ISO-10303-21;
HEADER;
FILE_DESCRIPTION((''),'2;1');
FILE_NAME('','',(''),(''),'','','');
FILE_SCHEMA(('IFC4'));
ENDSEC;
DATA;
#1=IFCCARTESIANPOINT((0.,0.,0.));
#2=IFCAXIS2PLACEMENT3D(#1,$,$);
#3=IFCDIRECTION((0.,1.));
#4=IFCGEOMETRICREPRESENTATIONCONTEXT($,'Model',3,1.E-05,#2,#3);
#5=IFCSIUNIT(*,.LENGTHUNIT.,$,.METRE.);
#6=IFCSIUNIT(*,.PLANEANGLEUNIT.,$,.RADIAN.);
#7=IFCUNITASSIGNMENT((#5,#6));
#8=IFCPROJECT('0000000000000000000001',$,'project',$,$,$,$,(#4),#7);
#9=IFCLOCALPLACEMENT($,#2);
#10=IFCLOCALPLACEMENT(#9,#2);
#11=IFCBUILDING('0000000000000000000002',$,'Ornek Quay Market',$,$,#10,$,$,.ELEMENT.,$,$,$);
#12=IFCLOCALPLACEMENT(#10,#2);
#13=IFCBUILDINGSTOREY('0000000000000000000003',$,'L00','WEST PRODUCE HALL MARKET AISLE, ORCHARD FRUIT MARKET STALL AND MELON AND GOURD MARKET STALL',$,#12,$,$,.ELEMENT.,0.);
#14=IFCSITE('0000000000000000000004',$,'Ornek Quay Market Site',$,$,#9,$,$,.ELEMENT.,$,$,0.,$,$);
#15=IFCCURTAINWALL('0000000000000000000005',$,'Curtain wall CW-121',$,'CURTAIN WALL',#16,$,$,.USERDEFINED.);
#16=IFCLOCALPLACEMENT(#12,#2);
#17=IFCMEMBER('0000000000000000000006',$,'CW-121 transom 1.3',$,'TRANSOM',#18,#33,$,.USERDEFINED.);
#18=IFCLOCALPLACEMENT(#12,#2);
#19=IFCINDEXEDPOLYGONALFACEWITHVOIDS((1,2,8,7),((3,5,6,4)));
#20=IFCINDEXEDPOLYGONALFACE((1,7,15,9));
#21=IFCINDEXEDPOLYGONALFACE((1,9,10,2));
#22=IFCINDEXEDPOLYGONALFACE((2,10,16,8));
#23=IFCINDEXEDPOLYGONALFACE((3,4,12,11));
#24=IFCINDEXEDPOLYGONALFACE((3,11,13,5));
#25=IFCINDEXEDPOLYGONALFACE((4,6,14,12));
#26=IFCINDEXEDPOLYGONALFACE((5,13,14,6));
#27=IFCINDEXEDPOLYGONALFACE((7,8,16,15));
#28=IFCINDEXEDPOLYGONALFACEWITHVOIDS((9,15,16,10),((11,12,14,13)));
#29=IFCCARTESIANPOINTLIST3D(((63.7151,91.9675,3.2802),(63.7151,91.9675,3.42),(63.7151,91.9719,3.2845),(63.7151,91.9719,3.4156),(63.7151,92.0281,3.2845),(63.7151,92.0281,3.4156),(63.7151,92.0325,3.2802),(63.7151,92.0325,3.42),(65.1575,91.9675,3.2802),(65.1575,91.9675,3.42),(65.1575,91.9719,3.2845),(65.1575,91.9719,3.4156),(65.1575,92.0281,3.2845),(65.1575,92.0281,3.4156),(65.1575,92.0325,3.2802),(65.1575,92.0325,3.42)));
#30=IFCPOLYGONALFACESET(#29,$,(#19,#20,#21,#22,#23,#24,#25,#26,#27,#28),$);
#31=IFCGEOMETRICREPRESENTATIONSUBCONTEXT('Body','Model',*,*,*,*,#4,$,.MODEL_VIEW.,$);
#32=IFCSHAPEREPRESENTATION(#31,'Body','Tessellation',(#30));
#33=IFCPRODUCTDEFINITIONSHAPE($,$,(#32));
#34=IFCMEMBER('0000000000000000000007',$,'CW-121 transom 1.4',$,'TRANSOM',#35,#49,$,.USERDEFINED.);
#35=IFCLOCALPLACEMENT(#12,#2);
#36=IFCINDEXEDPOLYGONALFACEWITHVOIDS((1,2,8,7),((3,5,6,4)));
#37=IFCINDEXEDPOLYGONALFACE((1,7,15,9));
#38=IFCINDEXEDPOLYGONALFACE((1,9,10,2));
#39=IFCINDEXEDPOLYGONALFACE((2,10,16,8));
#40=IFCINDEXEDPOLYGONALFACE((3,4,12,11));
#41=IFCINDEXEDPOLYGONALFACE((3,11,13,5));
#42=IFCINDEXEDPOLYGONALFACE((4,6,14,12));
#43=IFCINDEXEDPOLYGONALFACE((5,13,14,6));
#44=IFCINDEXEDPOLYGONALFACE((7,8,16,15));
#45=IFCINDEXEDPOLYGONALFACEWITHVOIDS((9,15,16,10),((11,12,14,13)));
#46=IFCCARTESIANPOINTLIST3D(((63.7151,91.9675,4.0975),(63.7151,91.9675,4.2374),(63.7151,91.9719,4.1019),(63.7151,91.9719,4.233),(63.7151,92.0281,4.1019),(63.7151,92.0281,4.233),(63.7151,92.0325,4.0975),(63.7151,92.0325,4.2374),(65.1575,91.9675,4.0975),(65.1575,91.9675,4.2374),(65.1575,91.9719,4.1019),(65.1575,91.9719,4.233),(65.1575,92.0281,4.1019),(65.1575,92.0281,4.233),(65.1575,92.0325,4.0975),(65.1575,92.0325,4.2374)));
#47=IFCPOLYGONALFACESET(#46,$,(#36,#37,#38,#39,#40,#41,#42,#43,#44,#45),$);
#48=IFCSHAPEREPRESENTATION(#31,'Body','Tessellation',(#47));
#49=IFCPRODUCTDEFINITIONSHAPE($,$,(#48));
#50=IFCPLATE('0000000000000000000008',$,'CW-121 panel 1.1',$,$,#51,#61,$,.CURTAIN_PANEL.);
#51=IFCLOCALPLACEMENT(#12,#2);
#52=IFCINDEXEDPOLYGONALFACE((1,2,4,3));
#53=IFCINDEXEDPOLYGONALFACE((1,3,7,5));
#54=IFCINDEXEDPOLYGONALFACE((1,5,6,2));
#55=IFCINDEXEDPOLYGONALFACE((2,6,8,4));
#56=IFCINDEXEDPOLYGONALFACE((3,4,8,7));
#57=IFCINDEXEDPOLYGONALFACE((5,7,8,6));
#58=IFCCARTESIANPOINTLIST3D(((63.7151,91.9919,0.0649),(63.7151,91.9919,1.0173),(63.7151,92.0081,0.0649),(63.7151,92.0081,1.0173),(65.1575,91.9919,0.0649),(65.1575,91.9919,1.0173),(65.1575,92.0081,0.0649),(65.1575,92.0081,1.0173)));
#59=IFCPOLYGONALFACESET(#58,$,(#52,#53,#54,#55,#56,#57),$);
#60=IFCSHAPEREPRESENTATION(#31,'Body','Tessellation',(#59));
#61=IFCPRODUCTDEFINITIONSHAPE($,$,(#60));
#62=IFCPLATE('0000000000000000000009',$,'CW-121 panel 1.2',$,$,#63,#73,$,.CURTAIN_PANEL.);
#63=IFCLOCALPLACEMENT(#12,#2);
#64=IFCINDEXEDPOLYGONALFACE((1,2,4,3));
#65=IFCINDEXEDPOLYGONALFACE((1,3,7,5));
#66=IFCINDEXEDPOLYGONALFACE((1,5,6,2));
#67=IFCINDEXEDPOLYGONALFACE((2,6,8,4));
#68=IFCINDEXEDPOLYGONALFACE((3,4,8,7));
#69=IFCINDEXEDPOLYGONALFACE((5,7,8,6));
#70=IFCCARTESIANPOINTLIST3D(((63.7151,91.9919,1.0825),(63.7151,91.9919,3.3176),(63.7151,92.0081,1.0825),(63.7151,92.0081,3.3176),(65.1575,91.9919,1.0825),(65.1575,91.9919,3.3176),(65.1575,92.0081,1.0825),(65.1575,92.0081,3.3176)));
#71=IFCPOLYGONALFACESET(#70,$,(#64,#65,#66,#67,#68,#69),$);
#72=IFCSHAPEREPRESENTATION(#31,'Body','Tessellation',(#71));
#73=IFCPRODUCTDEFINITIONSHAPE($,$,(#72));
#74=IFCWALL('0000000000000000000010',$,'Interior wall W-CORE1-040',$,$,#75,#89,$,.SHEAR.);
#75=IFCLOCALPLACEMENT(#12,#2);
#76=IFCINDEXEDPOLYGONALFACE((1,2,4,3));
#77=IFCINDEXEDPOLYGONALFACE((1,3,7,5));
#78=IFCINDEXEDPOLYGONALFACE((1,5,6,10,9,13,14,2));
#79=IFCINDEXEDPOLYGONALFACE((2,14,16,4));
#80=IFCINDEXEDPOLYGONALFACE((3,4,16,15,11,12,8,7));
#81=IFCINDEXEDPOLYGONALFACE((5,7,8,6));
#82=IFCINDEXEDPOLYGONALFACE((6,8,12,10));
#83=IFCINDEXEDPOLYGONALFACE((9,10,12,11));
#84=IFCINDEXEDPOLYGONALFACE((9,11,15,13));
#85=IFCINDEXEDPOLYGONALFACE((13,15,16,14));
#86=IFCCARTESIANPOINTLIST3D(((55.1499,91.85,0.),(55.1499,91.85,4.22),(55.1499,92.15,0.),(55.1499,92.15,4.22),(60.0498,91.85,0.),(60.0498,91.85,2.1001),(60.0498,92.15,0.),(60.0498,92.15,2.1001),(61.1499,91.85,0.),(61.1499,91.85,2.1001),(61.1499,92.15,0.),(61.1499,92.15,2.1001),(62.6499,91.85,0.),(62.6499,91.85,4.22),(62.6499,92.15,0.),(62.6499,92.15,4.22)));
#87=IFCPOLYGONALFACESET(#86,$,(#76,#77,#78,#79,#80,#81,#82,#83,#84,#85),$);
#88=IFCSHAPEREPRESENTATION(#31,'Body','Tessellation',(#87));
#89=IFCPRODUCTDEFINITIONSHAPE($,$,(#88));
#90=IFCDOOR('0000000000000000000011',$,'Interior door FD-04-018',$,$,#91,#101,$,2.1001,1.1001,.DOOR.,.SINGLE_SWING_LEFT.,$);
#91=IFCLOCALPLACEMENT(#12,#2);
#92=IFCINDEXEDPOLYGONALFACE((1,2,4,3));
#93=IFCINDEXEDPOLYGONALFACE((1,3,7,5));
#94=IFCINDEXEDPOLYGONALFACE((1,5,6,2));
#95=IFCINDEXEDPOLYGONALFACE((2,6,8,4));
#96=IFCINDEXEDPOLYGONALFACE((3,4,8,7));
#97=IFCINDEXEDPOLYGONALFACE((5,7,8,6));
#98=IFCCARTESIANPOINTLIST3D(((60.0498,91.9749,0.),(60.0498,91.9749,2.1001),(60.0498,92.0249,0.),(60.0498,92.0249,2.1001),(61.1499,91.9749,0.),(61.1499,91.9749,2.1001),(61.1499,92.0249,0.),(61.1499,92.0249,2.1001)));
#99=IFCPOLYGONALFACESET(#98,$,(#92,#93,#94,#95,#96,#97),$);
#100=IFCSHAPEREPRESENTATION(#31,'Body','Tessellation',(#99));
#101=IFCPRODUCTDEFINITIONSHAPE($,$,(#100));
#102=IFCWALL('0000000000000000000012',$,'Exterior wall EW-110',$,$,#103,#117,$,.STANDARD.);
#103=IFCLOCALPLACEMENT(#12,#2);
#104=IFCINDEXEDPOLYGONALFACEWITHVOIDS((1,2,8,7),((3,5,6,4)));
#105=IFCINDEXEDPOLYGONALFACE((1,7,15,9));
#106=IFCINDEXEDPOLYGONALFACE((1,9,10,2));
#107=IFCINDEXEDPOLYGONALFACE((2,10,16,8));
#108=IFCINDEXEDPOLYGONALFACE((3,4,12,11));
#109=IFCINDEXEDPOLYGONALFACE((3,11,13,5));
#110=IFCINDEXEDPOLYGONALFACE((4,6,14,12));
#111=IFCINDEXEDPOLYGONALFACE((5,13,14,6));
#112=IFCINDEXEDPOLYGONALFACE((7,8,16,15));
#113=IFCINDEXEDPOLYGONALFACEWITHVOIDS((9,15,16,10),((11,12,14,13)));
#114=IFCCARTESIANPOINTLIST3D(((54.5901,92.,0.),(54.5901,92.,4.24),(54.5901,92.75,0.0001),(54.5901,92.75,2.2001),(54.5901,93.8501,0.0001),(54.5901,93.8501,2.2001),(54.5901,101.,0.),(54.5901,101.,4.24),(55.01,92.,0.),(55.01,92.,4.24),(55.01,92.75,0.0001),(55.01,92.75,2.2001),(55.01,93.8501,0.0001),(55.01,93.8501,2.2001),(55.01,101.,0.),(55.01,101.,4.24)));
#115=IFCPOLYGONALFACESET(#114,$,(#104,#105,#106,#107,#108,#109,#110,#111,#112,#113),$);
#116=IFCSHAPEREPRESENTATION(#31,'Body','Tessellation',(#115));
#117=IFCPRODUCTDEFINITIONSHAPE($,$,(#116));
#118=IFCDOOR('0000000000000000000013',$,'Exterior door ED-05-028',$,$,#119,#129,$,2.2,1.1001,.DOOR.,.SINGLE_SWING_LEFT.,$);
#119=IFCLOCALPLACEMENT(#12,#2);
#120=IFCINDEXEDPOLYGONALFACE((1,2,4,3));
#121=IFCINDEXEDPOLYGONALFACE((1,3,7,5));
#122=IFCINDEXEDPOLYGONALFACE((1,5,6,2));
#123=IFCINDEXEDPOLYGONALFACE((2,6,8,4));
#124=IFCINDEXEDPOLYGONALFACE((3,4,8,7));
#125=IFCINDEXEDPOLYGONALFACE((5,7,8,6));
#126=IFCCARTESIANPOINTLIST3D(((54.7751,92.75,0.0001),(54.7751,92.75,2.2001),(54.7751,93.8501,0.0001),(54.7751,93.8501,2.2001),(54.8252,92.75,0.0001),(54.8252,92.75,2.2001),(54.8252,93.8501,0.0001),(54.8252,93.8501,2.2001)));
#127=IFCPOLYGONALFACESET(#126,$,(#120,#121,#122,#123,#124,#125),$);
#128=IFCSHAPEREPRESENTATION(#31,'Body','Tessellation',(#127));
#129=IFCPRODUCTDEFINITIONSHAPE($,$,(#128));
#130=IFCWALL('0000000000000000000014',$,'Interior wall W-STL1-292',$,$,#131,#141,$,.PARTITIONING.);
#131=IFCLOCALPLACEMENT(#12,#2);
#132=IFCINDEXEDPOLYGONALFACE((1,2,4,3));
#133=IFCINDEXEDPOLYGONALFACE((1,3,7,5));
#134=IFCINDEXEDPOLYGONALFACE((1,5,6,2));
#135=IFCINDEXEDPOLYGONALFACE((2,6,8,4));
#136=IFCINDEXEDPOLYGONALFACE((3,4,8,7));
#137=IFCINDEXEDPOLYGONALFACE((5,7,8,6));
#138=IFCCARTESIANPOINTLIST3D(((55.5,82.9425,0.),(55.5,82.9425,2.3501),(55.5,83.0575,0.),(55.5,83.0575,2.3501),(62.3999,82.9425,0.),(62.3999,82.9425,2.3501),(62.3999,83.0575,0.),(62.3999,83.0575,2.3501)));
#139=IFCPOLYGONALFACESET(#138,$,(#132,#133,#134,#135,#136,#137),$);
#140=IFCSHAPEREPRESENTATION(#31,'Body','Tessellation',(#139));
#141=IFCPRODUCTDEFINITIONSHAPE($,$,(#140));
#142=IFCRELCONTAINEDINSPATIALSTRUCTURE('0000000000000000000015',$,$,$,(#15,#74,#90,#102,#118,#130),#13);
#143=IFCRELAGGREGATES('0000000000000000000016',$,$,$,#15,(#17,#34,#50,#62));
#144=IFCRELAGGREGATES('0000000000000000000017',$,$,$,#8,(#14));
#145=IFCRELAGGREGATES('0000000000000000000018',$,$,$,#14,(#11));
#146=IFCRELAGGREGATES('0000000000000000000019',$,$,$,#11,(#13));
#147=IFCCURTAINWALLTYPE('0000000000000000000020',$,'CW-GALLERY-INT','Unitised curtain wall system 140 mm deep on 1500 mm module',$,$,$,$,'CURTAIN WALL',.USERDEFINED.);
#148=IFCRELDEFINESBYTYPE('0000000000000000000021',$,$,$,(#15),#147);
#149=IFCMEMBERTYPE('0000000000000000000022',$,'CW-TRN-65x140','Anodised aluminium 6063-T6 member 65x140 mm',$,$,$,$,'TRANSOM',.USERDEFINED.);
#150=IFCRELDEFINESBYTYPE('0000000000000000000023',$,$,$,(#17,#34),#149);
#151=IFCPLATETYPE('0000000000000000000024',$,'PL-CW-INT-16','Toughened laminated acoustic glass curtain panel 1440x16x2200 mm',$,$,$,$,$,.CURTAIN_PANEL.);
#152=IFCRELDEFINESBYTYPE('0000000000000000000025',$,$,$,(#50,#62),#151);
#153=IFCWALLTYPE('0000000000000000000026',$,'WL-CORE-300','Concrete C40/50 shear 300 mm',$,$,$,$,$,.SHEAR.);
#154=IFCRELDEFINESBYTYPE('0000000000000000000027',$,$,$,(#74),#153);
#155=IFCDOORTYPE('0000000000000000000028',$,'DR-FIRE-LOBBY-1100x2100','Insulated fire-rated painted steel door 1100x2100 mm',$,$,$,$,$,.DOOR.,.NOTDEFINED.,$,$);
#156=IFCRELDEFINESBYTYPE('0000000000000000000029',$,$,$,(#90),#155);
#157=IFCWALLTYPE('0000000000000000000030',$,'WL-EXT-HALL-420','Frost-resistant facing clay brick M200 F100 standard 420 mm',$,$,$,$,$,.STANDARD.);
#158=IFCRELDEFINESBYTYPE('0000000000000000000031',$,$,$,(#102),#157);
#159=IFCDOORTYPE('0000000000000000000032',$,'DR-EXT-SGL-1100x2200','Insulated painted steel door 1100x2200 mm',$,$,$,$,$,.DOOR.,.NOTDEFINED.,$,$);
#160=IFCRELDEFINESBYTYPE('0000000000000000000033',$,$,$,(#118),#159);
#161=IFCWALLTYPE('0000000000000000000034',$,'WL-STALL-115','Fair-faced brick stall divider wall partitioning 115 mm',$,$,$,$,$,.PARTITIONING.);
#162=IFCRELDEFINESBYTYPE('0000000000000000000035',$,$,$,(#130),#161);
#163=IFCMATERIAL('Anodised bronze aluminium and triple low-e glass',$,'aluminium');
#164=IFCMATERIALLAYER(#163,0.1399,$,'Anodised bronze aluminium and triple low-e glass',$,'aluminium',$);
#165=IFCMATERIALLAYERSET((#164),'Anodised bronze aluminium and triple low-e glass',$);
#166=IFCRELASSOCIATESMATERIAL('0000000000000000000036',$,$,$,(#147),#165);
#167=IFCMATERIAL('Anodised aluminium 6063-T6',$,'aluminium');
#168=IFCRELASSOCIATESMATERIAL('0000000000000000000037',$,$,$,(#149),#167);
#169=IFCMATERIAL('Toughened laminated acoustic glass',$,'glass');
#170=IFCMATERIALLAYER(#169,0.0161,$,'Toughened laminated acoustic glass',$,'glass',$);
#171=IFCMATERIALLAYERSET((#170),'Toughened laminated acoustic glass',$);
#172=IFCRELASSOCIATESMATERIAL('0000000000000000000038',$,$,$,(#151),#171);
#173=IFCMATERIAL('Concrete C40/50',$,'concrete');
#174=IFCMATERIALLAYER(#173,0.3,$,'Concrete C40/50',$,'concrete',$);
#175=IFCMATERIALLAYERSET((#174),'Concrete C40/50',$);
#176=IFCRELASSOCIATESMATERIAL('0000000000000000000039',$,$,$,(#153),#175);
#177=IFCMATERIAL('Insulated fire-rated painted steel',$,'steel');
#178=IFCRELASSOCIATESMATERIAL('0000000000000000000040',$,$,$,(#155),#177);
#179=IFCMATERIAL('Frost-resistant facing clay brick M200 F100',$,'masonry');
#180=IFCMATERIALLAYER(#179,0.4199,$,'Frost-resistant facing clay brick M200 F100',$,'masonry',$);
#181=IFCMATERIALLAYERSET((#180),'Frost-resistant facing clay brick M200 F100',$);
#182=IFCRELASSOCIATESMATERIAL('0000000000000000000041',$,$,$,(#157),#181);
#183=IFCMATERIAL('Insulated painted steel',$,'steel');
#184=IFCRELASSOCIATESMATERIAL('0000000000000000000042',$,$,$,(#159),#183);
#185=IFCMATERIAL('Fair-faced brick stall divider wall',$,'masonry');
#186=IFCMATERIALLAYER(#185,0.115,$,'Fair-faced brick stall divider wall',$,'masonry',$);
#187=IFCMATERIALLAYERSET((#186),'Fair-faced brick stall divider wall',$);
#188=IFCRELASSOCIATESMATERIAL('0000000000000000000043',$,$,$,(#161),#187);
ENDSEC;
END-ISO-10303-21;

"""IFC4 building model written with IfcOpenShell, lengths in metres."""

from ifc_helpers import new_model, si_unit, direction, frame, frame_2d, origin, origin_2d, place, context, subcontext, project, spatial, rectangle, hollow_rectangle, extrude, material, layer, layer_set, material_profile, profile_set, type_object, element, fill, aggregate, save


model = new_model("IFC4")

# Units and contexts
model_context = context("Model", 3, precision=1e-05, world=origin(), true_north=direction((0.0, 1.0)))
body_context = subcontext(model_context, "Body", "Model", "MODEL_VIEW")
ifc_project = project(units=[si_unit("LENGTHUNIT", "METRE"), si_unit("PLANEANGLEUNIT", "RADIAN")], contexts=[model_context])

# Site, building, storey
site_placement = place(None, origin())
site = spatial("IfcSite", under=ifc_project, at=site_placement, Name="Ornek Quay Market Site", CompositionType="ELEMENT", RefElevation=0.0)
building_placement = place(site_placement, origin())
building = spatial("IfcBuilding", under=site, at=building_placement, Name="Ornek Quay Market", CompositionType="ELEMENT")
storey_placement = place(building_placement, origin())
storey = spatial("IfcBuildingStorey", under=building, at=storey_placement, Name="L00", Description="WEST PRODUCE HALL MARKET AISLE, ORCHARD FRUIT MARKET STALL AND MELON AND GOURD MARKET STALL", CompositionType="ELEMENT", Elevation=0.0)

# Shared definitions
ifc_material_1 = material(Name="Concrete C40/50", Category="concrete")

# Curtain wall, members, plates
ifc_material_2 = material(Name="Anodised bronze aluminium and triple low-e glass", Category="aluminium")
ifc_layer_1 = layer(ifc_material_2, 0.1399, Name="Anodised bronze aluminium and triple low-e glass", Category="aluminium")
ifc_layer_set_1 = layer_set([ifc_layer_1], Name="Anodised bronze aluminium and triple low-e glass")
curtain_wall_type = type_object("IfcCurtainWallType", Name="CW-GALLERY-INT", Description="Unitised curtain wall system 140 mm deep on 1500 mm module", ElementType="CURTAIN WALL", PredefinedType="USERDEFINED", material=ifc_layer_set_1)
curtain_wall_placement = place(storey_placement, origin())
curtain_wall = element("IfcCurtainWall", 1, at=curtain_wall_placement, inside=storey, type_object=curtain_wall_type, Name="Curtain wall CW-121", ObjectType="CURTAIN WALL", PredefinedType="USERDEFINED")
ifc_material_3 = material(Name="Anodised aluminium 6063-T6", Category="aluminium")
ifc_material_profile_1 = material_profile(ifc_material_3, hollow_rectangle(XDim=0.0649, YDim=0.1399, WallThickness=0.0044, at=origin_2d()), Name="CW-TRN-65x140", Category="aluminium")
ifc_profile_set_1 = profile_set([ifc_material_profile_1], Name="Anodised aluminium 6063-T6")
member_type_1 = type_object("IfcMemberType", Name="CW-TRN-65x140", Description="Anodised aluminium 6063-T6 member 65x140 mm", ElementType="TRANSOM", PredefinedType="USERDEFINED", material=ifc_profile_set_1)
member_1_placement = place(storey_placement, frame((63.7151, 92.0, 3.3501), z_axis=(1.0, 0.0, 0.0), x_axis=(0.0, 1.0, 0.0)))
member_1 = element("IfcMember", 2, at=member_1_placement, type_object=member_type_1, Name="CW-121 transom 1.3", ObjectType="TRANSOM", PredefinedType="USERDEFINED", context=body_context, shape_type="SweptSolid", body=[
    extrude(hollow_rectangle(XDim=0.0649, YDim=0.1399, WallThickness=0.0044, at=origin_2d()), origin(), (0.0, 0.0, 1.0), 1.4424),
])
member_2_placement = place(storey_placement, frame((63.7151, 92.0, 4.1675), z_axis=(1.0, 0.0, 0.0), x_axis=(0.0, 1.0, 0.0)))
member_2 = element("IfcMember", 3, at=member_2_placement, type_object=member_type_1, Name="CW-121 transom 1.4", ObjectType="TRANSOM", PredefinedType="USERDEFINED", context=body_context, shape_type="SweptSolid", body=[
    extrude(hollow_rectangle(XDim=0.0649, YDim=0.1399, WallThickness=0.0044, at=origin_2d()), origin(), (0.0, 0.0, 1.0), 1.4424),
])
ifc_material_4 = material(Name="Toughened laminated acoustic glass", Category="glass")
ifc_layer_2 = layer(ifc_material_4, 0.0161, Name="Toughened laminated acoustic glass", Category="glass")
ifc_layer_set_2 = layer_set([ifc_layer_2], Name="Toughened laminated acoustic glass")
plate_type = type_object("IfcPlateType", Name="PL-CW-INT-16", Description="Toughened laminated acoustic glass curtain panel 1440x16x2200 mm", PredefinedType="CURTAIN_PANEL", material=ifc_layer_set_2)
plate_1_placement = place(storey_placement, frame((64.4363, 92.0, 0.0649), z_axis=(0.0, 0.0, 1.0), x_axis=(1.0, 0.0, 0.0)))
plate_1 = element("IfcPlate", 4, at=plate_1_placement, type_object=plate_type, Name="CW-121 panel 1.1", PredefinedType="CURTAIN_PANEL", context=body_context, shape_type="SweptSolid", body=[
    extrude(rectangle(XDim=1.4424, YDim=0.0161, at=origin_2d()), origin(), (0.0, 0.0, 1.0), 0.9524),
])
plate_2_placement = place(storey_placement, frame((64.4363, 92.0, 1.0825), z_axis=(0.0, 0.0, 1.0), x_axis=(1.0, 0.0, 0.0)))
plate_2 = element("IfcPlate", 5, at=plate_2_placement, type_object=plate_type, Name="CW-121 panel 1.2", PredefinedType="CURTAIN_PANEL", context=body_context, shape_type="SweptSolid", body=[
    extrude(rectangle(XDim=1.4424, YDim=0.0161, at=origin_2d()), origin(), (0.0, 0.0, 1.0), 2.2351),
])
aggregate(curtain_wall, [member_1, member_2, plate_1, plate_2])

# Walls, openings, doors
ifc_layer_3 = layer(ifc_material_1, 0.3, Name="Concrete C40/50", Category="concrete")
ifc_layer_set_3 = layer_set([ifc_layer_3], Name="Concrete C40/50")
wall_type_1 = type_object("IfcWallType", Name="WL-CORE-300", Description="Concrete C40/50 shear 300 mm", PredefinedType="SHEAR", material=ifc_layer_set_3)
wall_1_placement = place(storey_placement, frame((55.1499, 92.0, 0.0), z_axis=(0.0, 0.0, 1.0), x_axis=(1.0, 0.0, 0.0)))
wall_1 = element("IfcWall", 6, at=wall_1_placement, inside=storey, type_object=wall_type_1, Name="Interior wall W-CORE1-040", PredefinedType="SHEAR", context=body_context, shape_type="SweptSolid", body=[
    extrude(rectangle(XDim=7.5, YDim=0.3, at=frame_2d((3.75, 0.0))), origin(), (0.0, 0.0, 1.0), 4.22),
])
opening_1_placement = place(wall_1_placement, frame((4.8999, 0.0, 0.0)))
opening_1 = element("IfcOpeningElement", 7, at=opening_1_placement, cuts=wall_1, PredefinedType="OPENING", context=body_context, shape_type="SweptSolid", body=[
    extrude(rectangle(XDim=1.1001, YDim=2.1001, at=frame_2d((0.55, 1.05))), frame((0.0, 0.1599, 0.0), z_axis=(0.0, -1.0, 0.0), x_axis=(1.0, 0.0, 0.0)), (0.0, 0.0, 1.0), 0.3201),
])
ifc_material_5 = material(Name="Insulated fire-rated painted steel", Category="steel")
door_type_1 = type_object("IfcDoorType", Name="DR-FIRE-LOBBY-1100x2100", Description="Insulated fire-rated painted steel door 1100x2100 mm", OperationType="NOTDEFINED", PredefinedType="DOOR", material=ifc_material_5)
door_1_placement = place(opening_1_placement, origin())
door_1 = element("IfcDoor", 8, at=door_1_placement, inside=storey, type_object=door_type_1, Name="Interior door FD-04-018", OperationType="SINGLE_SWING_LEFT", OverallHeight=2.1001, OverallWidth=1.1001, PredefinedType="DOOR", context=body_context, shape_type="SweptSolid", body=[
    extrude(rectangle(XDim=1.1001, YDim=2.1001, at=frame_2d((0.55, 1.05))), frame((0.0, 0.0249, 0.0), z_axis=(0.0, -1.0, 0.0), x_axis=(1.0, 0.0, 0.0)), (0.0, 0.0, 1.0), 0.05),
])
fill(opening_1, door_1)
ifc_material_6 = material(Name="Frost-resistant facing clay brick M200 F100", Category="masonry")
ifc_layer_4 = layer(ifc_material_6, 0.4199, Name="Frost-resistant facing clay brick M200 F100", Category="masonry")
ifc_layer_set_4 = layer_set([ifc_layer_4], Name="Frost-resistant facing clay brick M200 F100")
wall_type_2 = type_object("IfcWallType", Name="WL-EXT-HALL-420", Description="Frost-resistant facing clay brick M200 F100 standard 420 mm", PredefinedType="STANDARD", material=ifc_layer_set_4)
wall_2_placement = place(storey_placement, frame((54.8, 92.0, 0.0), z_axis=(0.0, 0.0, 1.0), x_axis=(0.0, 1.0, 0.0)))
wall_2 = element("IfcWall", 9, at=wall_2_placement, inside=storey, type_object=wall_type_2, Name="Exterior wall EW-110", PredefinedType="STANDARD", context=body_context, shape_type="SweptSolid", body=[
    extrude(rectangle(XDim=9.0, YDim=0.4199, at=frame_2d((4.5, 0.0))), origin(), (0.0, 0.0, 1.0), 4.24),
])
opening_2_placement = place(wall_2_placement, frame((0.75, 0.0, 0.0)))
opening_2 = element("IfcOpeningElement", 10, at=opening_2_placement, cuts=wall_2, PredefinedType="OPENING", context=body_context, shape_type="SweptSolid", body=[
    extrude(rectangle(XDim=1.1001, YDim=2.2, at=frame_2d((0.55, 1.1001))), frame((0.0, 0.22, 0.0), z_axis=(0.0, -1.0, 0.0), x_axis=(1.0, 0.0, 0.0)), (0.0, 0.0, 1.0), 0.4399),
])
ifc_material_7 = material(Name="Insulated painted steel", Category="steel")
door_type_2 = type_object("IfcDoorType", Name="DR-EXT-SGL-1100x2200", Description="Insulated painted steel door 1100x2200 mm", OperationType="NOTDEFINED", PredefinedType="DOOR", material=ifc_material_7)
door_2_placement = place(opening_2_placement, origin())
door_2 = element("IfcDoor", 11, at=door_2_placement, inside=storey, type_object=door_type_2, Name="Exterior door ED-05-028", OperationType="SINGLE_SWING_LEFT", OverallHeight=2.2, OverallWidth=1.1001, PredefinedType="DOOR", context=body_context, shape_type="SweptSolid", body=[
    extrude(rectangle(XDim=1.1001, YDim=2.2, at=frame_2d((0.55, 1.1001))), frame((0.0, 0.0249, 0.0), z_axis=(0.0, -1.0, 0.0), x_axis=(1.0, 0.0, 0.0)), (0.0, 0.0, 1.0), 0.05),
])
fill(opening_2, door_2)

# Wall
ifc_material_8 = material(Name="Fair-faced brick stall divider wall", Category="masonry")
ifc_layer_5 = layer(ifc_material_8, 0.115, Name="Fair-faced brick stall divider wall", Category="masonry")
ifc_layer_set_5 = layer_set([ifc_layer_5], Name="Fair-faced brick stall divider wall")
wall_type_3 = type_object("IfcWallType", Name="WL-STALL-115", Description="Fair-faced brick stall divider wall partitioning 115 mm", PredefinedType="PARTITIONING", material=ifc_layer_set_5)
wall_3_placement = place(storey_placement, frame((55.5, 83.0, 0.0), z_axis=(0.0, 0.0, 1.0), x_axis=(1.0, 0.0, 0.0)))
element("IfcWall", 12, at=wall_3_placement, inside=storey, type_object=wall_type_3, Name="Interior wall W-STL1-292", PredefinedType="PARTITIONING", context=body_context, shape_type="SweptSolid", body=[
    extrude(rectangle(XDim=6.8999, YDim=0.115, at=frame_2d((3.45, 0.0))), origin(), (0.0, 0.0, 1.0), 2.3501),
])

save(model, "model.ifc")
